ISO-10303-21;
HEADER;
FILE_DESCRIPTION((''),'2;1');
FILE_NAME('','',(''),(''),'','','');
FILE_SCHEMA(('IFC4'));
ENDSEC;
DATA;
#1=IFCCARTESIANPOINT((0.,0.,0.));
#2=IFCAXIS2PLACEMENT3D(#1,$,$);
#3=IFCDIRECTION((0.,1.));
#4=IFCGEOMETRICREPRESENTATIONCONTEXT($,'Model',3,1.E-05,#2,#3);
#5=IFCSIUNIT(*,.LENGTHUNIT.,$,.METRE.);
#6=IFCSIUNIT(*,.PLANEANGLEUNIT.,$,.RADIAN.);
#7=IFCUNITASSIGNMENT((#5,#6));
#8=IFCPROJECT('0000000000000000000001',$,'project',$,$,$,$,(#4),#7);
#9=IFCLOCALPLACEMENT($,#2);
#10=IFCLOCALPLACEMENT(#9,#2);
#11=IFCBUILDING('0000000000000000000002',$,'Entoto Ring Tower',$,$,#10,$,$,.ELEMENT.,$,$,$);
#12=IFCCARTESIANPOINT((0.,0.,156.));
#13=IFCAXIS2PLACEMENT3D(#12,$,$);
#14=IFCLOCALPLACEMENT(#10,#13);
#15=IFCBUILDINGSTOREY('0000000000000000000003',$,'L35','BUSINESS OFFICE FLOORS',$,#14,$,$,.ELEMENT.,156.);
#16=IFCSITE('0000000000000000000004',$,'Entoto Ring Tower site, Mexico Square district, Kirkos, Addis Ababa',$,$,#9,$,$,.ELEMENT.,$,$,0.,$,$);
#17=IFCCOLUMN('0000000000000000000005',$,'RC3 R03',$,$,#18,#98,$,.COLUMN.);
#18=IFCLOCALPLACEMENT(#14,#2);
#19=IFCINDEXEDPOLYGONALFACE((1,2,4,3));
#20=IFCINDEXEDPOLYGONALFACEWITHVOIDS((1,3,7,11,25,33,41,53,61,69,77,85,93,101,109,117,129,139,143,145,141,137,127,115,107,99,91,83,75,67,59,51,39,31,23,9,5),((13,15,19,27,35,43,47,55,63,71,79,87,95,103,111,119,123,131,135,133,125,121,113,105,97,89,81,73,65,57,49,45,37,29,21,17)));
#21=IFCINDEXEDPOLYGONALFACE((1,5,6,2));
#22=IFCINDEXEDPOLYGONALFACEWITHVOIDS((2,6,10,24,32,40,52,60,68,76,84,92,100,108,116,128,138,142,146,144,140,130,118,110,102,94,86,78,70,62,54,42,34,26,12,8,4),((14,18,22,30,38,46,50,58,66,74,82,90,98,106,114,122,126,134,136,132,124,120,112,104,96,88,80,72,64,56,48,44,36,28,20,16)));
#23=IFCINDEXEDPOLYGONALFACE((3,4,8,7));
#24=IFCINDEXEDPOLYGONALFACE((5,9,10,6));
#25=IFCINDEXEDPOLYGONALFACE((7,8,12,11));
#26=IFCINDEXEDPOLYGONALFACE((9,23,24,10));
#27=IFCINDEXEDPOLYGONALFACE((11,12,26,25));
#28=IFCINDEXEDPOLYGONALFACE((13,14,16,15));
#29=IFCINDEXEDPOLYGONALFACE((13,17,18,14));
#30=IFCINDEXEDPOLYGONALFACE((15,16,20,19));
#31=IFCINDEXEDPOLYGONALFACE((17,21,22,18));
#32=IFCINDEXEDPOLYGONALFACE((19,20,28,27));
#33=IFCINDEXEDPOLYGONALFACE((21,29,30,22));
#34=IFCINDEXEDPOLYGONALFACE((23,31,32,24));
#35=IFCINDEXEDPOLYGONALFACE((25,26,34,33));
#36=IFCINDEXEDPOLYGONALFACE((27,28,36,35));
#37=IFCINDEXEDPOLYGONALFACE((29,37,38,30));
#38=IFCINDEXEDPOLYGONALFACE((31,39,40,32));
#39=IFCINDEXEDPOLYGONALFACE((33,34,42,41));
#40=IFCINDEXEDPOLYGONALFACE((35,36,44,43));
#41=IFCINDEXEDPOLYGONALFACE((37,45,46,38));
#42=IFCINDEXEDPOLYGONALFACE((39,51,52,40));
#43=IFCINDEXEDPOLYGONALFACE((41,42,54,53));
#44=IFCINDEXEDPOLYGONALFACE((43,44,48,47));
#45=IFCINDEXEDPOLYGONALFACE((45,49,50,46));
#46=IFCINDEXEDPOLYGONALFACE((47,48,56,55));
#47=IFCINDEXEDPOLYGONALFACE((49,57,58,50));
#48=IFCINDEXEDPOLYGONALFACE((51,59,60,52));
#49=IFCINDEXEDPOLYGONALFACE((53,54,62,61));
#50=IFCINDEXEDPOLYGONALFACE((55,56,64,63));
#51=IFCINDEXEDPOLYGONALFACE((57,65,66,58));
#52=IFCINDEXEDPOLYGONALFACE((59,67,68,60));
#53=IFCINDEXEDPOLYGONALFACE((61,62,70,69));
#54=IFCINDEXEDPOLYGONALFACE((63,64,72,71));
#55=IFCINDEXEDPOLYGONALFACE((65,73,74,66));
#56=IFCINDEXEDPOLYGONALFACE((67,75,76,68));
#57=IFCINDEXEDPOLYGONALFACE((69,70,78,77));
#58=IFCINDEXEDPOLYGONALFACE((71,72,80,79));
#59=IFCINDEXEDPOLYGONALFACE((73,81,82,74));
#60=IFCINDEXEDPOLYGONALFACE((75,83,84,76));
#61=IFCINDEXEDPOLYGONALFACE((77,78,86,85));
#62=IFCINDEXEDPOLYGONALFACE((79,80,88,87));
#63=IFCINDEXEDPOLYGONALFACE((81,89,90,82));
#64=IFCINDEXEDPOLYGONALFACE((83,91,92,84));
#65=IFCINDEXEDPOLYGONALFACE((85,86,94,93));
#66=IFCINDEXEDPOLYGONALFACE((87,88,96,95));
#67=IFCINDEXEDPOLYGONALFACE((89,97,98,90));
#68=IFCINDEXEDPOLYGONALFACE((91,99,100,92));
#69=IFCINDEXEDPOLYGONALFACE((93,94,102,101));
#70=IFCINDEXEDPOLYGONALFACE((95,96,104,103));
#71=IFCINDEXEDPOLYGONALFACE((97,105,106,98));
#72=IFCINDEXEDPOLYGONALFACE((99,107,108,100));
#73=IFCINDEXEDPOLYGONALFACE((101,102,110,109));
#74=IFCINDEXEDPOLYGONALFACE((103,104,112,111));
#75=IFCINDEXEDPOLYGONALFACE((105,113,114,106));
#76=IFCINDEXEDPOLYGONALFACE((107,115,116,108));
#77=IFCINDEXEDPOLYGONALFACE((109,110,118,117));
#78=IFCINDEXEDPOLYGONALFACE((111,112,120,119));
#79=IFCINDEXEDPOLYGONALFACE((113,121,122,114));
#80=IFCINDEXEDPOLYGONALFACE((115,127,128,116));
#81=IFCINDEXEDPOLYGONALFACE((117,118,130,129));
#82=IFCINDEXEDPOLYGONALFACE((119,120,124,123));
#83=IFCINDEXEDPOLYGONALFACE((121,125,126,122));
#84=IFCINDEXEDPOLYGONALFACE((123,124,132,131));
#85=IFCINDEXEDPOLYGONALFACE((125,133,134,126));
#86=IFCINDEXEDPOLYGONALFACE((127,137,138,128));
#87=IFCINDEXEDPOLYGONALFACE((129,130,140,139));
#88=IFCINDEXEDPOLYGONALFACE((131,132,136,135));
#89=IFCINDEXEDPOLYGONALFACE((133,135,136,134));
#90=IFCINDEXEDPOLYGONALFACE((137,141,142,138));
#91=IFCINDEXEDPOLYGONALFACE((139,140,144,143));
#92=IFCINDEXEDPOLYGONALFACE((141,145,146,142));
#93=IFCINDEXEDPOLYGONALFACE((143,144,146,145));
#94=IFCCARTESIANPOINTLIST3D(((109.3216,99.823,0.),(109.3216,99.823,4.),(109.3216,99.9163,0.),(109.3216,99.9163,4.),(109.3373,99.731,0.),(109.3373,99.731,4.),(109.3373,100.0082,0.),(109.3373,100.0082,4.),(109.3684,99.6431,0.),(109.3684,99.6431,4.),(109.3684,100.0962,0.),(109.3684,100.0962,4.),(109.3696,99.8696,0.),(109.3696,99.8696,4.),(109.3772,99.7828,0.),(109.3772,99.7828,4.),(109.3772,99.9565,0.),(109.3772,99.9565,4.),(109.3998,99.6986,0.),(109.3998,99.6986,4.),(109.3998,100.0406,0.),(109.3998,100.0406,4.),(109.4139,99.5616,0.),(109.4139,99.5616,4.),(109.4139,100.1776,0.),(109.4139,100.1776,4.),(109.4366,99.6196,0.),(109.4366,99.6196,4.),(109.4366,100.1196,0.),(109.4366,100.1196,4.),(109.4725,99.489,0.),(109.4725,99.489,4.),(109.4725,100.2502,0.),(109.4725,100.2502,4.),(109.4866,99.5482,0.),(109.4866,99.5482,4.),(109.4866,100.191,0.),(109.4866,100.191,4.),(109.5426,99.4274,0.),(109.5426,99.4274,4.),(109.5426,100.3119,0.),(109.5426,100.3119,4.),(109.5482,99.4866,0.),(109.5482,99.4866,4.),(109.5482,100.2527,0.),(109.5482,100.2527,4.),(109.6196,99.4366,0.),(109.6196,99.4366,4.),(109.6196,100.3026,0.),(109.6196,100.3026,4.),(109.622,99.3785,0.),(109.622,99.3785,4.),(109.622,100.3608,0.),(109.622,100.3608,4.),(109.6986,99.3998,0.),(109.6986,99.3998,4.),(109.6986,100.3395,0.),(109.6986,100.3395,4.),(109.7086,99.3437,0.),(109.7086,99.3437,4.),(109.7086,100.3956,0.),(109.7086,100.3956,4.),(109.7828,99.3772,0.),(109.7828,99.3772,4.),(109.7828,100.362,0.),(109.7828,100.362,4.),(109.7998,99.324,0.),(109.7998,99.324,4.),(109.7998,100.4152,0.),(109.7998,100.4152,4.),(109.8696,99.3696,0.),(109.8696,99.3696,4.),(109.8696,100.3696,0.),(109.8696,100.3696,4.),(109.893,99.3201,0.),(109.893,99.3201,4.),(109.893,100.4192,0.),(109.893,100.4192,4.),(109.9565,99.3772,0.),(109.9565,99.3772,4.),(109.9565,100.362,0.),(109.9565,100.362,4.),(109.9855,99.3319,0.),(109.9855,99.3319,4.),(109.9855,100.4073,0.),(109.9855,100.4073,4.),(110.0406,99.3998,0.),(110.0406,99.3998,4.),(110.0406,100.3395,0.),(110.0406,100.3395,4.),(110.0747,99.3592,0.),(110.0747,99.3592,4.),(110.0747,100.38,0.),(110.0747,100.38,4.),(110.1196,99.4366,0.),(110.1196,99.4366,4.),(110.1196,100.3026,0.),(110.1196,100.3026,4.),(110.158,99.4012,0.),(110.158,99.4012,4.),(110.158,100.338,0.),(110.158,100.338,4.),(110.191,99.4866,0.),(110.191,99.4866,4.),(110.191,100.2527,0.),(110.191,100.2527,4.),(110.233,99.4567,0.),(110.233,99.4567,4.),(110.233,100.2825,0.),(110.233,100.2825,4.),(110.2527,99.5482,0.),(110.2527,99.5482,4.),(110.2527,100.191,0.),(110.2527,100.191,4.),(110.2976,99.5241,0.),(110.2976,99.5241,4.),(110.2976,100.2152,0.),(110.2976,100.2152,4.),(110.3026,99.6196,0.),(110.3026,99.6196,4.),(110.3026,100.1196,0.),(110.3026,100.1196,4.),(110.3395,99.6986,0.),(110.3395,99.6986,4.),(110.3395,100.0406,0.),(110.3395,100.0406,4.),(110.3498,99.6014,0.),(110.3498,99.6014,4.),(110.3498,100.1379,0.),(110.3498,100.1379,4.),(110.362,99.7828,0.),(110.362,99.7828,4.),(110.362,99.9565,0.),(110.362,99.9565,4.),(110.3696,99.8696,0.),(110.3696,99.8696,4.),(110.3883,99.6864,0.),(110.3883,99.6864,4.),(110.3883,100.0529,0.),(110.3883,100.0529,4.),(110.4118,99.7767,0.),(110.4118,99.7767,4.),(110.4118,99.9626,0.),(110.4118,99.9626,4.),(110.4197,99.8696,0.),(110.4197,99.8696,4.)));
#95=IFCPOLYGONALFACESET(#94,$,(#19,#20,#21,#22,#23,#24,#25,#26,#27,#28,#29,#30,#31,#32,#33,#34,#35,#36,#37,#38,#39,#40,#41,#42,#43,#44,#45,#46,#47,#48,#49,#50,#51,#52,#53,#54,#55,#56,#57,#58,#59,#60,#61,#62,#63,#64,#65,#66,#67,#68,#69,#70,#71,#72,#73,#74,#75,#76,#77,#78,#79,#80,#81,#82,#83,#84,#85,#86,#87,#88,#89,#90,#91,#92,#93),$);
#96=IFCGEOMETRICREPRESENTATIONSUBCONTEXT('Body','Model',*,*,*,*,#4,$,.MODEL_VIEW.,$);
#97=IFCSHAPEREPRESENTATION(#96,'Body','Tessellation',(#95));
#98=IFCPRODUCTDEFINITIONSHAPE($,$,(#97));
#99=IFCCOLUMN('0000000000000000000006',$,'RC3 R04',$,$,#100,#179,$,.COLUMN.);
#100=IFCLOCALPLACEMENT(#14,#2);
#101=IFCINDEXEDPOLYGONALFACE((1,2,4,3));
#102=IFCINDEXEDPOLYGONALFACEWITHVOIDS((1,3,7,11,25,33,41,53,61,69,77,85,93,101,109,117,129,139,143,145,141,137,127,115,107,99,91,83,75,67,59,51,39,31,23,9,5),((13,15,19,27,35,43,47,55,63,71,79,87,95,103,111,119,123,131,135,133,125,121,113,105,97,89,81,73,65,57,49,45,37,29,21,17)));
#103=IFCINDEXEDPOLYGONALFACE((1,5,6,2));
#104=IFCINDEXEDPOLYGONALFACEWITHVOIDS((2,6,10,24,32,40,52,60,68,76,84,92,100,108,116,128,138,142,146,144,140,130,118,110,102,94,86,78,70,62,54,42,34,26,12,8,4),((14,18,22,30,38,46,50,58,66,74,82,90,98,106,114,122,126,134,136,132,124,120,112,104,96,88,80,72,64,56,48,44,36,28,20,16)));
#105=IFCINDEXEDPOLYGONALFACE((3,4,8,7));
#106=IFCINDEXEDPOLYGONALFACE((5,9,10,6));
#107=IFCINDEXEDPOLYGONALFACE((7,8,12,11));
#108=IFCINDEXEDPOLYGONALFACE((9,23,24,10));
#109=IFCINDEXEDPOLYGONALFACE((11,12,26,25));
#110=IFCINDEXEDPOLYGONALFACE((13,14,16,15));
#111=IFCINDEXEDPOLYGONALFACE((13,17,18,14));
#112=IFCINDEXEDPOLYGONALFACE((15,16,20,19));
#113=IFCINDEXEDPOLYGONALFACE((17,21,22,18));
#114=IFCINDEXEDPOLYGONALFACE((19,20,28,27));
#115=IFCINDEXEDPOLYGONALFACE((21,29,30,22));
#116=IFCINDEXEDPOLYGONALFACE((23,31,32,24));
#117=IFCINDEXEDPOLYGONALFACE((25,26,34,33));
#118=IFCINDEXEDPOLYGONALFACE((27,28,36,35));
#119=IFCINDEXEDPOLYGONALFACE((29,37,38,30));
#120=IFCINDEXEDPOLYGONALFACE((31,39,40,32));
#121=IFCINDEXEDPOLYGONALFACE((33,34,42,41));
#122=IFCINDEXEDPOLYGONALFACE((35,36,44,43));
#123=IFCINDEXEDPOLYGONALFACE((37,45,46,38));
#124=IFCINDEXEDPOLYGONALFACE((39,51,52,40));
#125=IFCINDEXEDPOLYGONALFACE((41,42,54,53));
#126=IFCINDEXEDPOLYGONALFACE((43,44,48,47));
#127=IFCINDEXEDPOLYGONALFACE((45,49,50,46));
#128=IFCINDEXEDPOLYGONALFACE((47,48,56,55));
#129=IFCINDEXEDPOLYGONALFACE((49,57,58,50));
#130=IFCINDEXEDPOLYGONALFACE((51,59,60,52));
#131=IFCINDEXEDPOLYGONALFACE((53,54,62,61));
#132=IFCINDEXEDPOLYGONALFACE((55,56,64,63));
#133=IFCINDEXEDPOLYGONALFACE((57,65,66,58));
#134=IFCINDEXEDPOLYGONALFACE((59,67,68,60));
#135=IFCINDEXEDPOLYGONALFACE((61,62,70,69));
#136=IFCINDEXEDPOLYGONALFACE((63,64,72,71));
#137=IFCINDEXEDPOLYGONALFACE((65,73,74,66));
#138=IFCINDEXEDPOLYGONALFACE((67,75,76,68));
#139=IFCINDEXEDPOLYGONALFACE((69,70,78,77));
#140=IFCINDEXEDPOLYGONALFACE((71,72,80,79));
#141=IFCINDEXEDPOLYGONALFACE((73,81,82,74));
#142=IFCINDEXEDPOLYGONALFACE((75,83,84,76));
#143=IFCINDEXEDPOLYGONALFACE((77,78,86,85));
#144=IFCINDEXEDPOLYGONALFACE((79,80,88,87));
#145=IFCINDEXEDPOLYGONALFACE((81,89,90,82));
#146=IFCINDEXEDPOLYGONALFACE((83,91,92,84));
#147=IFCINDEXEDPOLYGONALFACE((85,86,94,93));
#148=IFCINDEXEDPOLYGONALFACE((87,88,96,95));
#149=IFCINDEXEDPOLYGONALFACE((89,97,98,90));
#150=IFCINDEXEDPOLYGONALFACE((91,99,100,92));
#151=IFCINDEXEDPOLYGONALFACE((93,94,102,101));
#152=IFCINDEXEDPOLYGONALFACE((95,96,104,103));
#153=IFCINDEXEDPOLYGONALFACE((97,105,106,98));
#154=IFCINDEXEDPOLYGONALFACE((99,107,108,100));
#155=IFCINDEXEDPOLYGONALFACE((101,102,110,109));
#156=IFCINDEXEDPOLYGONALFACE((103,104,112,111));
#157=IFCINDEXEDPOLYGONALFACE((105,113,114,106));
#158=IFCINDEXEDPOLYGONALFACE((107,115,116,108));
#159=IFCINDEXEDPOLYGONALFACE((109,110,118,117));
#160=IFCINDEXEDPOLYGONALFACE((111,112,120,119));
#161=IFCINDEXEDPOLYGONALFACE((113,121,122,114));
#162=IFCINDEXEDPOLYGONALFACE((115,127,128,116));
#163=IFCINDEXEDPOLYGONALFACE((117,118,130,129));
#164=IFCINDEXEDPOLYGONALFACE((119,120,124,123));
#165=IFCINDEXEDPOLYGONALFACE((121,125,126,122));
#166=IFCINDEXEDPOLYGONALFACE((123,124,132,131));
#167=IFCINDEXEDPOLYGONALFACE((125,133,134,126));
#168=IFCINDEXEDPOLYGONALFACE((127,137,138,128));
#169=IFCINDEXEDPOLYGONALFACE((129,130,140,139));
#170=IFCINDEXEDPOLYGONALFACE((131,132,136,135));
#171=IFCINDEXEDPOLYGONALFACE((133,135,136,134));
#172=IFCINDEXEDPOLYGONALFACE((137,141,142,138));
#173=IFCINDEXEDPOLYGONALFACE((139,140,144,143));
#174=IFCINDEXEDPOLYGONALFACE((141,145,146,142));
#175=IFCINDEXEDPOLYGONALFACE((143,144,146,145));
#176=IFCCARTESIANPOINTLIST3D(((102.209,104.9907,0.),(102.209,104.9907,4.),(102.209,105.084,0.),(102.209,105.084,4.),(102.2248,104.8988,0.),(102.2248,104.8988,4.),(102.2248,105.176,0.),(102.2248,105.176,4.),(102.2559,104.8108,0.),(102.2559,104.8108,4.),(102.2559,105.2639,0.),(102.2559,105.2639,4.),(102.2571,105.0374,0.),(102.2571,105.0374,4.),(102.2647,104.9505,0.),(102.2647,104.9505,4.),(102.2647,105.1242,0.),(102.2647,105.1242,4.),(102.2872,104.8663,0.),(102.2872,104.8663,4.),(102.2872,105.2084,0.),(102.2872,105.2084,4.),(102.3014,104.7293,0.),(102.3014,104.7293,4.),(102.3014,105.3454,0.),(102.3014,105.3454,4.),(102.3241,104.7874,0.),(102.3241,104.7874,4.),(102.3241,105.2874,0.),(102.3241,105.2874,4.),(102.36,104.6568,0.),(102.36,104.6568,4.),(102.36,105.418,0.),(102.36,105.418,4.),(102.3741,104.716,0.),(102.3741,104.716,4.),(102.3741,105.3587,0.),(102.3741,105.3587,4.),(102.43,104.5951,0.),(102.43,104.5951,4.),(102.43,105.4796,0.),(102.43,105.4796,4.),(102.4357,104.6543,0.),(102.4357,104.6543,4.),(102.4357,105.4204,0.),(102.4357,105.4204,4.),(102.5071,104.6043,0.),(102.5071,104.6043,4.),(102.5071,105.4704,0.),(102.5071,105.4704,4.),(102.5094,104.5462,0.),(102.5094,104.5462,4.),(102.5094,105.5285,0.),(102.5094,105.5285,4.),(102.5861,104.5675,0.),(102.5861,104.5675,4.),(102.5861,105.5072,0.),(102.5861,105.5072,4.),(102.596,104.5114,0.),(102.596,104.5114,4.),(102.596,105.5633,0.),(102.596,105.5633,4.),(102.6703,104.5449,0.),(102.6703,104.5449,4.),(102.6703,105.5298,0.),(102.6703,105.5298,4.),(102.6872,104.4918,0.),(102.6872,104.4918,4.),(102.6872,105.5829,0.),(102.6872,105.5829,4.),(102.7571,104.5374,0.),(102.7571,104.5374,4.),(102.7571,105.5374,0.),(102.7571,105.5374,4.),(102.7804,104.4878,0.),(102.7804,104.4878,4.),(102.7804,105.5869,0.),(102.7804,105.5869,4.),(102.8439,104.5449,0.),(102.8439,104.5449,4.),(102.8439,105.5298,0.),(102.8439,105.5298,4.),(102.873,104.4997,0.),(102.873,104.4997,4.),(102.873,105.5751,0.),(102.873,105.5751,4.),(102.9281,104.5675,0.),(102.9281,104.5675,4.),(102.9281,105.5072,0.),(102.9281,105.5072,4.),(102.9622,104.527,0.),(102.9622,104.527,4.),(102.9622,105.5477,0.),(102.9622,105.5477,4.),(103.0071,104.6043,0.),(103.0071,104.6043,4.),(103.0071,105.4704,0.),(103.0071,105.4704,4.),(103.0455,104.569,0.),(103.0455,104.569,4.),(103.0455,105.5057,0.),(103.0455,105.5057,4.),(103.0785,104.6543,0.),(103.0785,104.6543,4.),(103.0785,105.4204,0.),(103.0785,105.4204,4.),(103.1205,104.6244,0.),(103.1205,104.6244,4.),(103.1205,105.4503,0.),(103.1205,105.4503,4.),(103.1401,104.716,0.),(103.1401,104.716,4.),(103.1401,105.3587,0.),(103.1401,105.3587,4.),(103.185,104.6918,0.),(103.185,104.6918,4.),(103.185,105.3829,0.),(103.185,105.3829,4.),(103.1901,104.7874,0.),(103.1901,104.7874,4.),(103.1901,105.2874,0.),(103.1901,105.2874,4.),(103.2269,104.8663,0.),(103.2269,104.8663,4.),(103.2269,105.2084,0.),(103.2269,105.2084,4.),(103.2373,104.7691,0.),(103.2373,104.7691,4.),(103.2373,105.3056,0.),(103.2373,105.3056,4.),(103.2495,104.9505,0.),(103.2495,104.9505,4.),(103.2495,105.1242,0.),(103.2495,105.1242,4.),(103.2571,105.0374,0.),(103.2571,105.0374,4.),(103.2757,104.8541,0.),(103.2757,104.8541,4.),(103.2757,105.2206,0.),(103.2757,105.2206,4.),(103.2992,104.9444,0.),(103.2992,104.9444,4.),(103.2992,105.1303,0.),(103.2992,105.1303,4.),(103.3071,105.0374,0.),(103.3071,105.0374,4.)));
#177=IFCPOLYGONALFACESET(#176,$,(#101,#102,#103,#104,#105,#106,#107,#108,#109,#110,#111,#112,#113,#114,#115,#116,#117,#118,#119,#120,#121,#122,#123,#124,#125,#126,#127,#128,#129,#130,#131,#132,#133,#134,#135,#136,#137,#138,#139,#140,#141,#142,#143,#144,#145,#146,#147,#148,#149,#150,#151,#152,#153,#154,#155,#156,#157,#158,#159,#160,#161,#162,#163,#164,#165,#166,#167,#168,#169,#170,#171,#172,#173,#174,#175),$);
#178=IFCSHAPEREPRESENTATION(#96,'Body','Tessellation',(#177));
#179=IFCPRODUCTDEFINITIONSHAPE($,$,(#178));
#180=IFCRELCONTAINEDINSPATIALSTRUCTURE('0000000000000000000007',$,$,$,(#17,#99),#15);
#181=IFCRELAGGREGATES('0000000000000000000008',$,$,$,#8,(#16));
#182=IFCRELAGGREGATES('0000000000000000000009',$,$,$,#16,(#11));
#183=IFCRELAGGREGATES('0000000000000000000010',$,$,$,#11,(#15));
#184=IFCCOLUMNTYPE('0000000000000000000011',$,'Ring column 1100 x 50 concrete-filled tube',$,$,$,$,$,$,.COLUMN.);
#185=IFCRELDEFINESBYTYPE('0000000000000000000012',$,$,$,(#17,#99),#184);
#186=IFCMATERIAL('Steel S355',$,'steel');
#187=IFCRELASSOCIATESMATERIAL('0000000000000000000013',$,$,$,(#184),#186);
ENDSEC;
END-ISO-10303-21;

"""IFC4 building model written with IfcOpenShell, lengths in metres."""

from ifc_helpers import new_model, si_unit, direction, frame, origin, origin_2d, place, context, subcontext, project, spatial, circle, hollow_circle, extrude, material, material_profile, profile_set, type_object, element, save


model = new_model("IFC4")

# Units and contexts
model_context = context("Model", 3, precision=1e-05, world=origin(), true_north=direction((0.0, 1.0)))
body_context = subcontext(model_context, "Body", "Model", "MODEL_VIEW")
ifc_project = project(units=[si_unit("LENGTHUNIT", "METRE"), si_unit("PLANEANGLEUNIT", "RADIAN")], contexts=[model_context])

# Site, building, storey
site_placement = place(None, origin())
site = spatial("IfcSite", under=ifc_project, at=site_placement, Name="Entoto Ring Tower site, Mexico Square district, Kirkos, Addis Ababa", CompositionType="ELEMENT", RefElevation=0.0)
building_placement = place(site_placement, origin())
building = spatial("IfcBuilding", under=site, at=building_placement, Name="Entoto Ring Tower", CompositionType="ELEMENT")
storey_placement = place(building_placement, frame((0.0, 0.0, 156.0)))
storey = spatial("IfcBuildingStorey", under=building, at=storey_placement, Name="L35", Description="BUSINESS OFFICE FLOORS", CompositionType="ELEMENT", Elevation=156.0)

# Columns
ifc_material_1 = material(Name="Steel S355", Category="steel")
ifc_material_profile_1 = material_profile(ifc_material_1, hollow_circle(Radius=0.55, WallThickness=0.05, at=origin_2d()), Name="CHS 1100 x 50")
ifc_material_2 = material(Name="Concrete C60/75", Category="concrete")
ifc_material_profile_2 = material_profile(ifc_material_2, circle(Radius=0.5, at=origin_2d()), Name="Concrete C60/75 infill")
ifc_profile_set_1 = profile_set([ifc_material_profile_1, ifc_material_profile_2], Name="Steel S355")
column_type = type_object("IfcColumnType", Name="Ring column 1100 x 50 concrete-filled tube", PredefinedType="COLUMN", material=ifc_profile_set_1)
for number, where, z_axis, x_axis, name in (
    (1, (109.8696, 99.8696, 0.0), (0.0, 0.0, 1.0), (1.0, 0.0, 0.0), "RC3 R03"),
    (2, (102.7571, 105.0374, 0.0), (0.0, 0.0, 1.0), (1.0, 0.0, 0.0), "RC3 R04"),
):
    element("IfcColumn", number, at=place(storey_placement, frame(where, z_axis=z_axis, x_axis=x_axis)), inside=storey, type_object=column_type, Name=name, PredefinedType="COLUMN", context=body_context, shape_type="SweptSolid", body=[
        extrude(hollow_circle(Radius=0.55, WallThickness=0.05, at=origin_2d()), origin(), (0.0, 0.0, 1.0), 4.0),
    ])

save(model, "model.ifc")
